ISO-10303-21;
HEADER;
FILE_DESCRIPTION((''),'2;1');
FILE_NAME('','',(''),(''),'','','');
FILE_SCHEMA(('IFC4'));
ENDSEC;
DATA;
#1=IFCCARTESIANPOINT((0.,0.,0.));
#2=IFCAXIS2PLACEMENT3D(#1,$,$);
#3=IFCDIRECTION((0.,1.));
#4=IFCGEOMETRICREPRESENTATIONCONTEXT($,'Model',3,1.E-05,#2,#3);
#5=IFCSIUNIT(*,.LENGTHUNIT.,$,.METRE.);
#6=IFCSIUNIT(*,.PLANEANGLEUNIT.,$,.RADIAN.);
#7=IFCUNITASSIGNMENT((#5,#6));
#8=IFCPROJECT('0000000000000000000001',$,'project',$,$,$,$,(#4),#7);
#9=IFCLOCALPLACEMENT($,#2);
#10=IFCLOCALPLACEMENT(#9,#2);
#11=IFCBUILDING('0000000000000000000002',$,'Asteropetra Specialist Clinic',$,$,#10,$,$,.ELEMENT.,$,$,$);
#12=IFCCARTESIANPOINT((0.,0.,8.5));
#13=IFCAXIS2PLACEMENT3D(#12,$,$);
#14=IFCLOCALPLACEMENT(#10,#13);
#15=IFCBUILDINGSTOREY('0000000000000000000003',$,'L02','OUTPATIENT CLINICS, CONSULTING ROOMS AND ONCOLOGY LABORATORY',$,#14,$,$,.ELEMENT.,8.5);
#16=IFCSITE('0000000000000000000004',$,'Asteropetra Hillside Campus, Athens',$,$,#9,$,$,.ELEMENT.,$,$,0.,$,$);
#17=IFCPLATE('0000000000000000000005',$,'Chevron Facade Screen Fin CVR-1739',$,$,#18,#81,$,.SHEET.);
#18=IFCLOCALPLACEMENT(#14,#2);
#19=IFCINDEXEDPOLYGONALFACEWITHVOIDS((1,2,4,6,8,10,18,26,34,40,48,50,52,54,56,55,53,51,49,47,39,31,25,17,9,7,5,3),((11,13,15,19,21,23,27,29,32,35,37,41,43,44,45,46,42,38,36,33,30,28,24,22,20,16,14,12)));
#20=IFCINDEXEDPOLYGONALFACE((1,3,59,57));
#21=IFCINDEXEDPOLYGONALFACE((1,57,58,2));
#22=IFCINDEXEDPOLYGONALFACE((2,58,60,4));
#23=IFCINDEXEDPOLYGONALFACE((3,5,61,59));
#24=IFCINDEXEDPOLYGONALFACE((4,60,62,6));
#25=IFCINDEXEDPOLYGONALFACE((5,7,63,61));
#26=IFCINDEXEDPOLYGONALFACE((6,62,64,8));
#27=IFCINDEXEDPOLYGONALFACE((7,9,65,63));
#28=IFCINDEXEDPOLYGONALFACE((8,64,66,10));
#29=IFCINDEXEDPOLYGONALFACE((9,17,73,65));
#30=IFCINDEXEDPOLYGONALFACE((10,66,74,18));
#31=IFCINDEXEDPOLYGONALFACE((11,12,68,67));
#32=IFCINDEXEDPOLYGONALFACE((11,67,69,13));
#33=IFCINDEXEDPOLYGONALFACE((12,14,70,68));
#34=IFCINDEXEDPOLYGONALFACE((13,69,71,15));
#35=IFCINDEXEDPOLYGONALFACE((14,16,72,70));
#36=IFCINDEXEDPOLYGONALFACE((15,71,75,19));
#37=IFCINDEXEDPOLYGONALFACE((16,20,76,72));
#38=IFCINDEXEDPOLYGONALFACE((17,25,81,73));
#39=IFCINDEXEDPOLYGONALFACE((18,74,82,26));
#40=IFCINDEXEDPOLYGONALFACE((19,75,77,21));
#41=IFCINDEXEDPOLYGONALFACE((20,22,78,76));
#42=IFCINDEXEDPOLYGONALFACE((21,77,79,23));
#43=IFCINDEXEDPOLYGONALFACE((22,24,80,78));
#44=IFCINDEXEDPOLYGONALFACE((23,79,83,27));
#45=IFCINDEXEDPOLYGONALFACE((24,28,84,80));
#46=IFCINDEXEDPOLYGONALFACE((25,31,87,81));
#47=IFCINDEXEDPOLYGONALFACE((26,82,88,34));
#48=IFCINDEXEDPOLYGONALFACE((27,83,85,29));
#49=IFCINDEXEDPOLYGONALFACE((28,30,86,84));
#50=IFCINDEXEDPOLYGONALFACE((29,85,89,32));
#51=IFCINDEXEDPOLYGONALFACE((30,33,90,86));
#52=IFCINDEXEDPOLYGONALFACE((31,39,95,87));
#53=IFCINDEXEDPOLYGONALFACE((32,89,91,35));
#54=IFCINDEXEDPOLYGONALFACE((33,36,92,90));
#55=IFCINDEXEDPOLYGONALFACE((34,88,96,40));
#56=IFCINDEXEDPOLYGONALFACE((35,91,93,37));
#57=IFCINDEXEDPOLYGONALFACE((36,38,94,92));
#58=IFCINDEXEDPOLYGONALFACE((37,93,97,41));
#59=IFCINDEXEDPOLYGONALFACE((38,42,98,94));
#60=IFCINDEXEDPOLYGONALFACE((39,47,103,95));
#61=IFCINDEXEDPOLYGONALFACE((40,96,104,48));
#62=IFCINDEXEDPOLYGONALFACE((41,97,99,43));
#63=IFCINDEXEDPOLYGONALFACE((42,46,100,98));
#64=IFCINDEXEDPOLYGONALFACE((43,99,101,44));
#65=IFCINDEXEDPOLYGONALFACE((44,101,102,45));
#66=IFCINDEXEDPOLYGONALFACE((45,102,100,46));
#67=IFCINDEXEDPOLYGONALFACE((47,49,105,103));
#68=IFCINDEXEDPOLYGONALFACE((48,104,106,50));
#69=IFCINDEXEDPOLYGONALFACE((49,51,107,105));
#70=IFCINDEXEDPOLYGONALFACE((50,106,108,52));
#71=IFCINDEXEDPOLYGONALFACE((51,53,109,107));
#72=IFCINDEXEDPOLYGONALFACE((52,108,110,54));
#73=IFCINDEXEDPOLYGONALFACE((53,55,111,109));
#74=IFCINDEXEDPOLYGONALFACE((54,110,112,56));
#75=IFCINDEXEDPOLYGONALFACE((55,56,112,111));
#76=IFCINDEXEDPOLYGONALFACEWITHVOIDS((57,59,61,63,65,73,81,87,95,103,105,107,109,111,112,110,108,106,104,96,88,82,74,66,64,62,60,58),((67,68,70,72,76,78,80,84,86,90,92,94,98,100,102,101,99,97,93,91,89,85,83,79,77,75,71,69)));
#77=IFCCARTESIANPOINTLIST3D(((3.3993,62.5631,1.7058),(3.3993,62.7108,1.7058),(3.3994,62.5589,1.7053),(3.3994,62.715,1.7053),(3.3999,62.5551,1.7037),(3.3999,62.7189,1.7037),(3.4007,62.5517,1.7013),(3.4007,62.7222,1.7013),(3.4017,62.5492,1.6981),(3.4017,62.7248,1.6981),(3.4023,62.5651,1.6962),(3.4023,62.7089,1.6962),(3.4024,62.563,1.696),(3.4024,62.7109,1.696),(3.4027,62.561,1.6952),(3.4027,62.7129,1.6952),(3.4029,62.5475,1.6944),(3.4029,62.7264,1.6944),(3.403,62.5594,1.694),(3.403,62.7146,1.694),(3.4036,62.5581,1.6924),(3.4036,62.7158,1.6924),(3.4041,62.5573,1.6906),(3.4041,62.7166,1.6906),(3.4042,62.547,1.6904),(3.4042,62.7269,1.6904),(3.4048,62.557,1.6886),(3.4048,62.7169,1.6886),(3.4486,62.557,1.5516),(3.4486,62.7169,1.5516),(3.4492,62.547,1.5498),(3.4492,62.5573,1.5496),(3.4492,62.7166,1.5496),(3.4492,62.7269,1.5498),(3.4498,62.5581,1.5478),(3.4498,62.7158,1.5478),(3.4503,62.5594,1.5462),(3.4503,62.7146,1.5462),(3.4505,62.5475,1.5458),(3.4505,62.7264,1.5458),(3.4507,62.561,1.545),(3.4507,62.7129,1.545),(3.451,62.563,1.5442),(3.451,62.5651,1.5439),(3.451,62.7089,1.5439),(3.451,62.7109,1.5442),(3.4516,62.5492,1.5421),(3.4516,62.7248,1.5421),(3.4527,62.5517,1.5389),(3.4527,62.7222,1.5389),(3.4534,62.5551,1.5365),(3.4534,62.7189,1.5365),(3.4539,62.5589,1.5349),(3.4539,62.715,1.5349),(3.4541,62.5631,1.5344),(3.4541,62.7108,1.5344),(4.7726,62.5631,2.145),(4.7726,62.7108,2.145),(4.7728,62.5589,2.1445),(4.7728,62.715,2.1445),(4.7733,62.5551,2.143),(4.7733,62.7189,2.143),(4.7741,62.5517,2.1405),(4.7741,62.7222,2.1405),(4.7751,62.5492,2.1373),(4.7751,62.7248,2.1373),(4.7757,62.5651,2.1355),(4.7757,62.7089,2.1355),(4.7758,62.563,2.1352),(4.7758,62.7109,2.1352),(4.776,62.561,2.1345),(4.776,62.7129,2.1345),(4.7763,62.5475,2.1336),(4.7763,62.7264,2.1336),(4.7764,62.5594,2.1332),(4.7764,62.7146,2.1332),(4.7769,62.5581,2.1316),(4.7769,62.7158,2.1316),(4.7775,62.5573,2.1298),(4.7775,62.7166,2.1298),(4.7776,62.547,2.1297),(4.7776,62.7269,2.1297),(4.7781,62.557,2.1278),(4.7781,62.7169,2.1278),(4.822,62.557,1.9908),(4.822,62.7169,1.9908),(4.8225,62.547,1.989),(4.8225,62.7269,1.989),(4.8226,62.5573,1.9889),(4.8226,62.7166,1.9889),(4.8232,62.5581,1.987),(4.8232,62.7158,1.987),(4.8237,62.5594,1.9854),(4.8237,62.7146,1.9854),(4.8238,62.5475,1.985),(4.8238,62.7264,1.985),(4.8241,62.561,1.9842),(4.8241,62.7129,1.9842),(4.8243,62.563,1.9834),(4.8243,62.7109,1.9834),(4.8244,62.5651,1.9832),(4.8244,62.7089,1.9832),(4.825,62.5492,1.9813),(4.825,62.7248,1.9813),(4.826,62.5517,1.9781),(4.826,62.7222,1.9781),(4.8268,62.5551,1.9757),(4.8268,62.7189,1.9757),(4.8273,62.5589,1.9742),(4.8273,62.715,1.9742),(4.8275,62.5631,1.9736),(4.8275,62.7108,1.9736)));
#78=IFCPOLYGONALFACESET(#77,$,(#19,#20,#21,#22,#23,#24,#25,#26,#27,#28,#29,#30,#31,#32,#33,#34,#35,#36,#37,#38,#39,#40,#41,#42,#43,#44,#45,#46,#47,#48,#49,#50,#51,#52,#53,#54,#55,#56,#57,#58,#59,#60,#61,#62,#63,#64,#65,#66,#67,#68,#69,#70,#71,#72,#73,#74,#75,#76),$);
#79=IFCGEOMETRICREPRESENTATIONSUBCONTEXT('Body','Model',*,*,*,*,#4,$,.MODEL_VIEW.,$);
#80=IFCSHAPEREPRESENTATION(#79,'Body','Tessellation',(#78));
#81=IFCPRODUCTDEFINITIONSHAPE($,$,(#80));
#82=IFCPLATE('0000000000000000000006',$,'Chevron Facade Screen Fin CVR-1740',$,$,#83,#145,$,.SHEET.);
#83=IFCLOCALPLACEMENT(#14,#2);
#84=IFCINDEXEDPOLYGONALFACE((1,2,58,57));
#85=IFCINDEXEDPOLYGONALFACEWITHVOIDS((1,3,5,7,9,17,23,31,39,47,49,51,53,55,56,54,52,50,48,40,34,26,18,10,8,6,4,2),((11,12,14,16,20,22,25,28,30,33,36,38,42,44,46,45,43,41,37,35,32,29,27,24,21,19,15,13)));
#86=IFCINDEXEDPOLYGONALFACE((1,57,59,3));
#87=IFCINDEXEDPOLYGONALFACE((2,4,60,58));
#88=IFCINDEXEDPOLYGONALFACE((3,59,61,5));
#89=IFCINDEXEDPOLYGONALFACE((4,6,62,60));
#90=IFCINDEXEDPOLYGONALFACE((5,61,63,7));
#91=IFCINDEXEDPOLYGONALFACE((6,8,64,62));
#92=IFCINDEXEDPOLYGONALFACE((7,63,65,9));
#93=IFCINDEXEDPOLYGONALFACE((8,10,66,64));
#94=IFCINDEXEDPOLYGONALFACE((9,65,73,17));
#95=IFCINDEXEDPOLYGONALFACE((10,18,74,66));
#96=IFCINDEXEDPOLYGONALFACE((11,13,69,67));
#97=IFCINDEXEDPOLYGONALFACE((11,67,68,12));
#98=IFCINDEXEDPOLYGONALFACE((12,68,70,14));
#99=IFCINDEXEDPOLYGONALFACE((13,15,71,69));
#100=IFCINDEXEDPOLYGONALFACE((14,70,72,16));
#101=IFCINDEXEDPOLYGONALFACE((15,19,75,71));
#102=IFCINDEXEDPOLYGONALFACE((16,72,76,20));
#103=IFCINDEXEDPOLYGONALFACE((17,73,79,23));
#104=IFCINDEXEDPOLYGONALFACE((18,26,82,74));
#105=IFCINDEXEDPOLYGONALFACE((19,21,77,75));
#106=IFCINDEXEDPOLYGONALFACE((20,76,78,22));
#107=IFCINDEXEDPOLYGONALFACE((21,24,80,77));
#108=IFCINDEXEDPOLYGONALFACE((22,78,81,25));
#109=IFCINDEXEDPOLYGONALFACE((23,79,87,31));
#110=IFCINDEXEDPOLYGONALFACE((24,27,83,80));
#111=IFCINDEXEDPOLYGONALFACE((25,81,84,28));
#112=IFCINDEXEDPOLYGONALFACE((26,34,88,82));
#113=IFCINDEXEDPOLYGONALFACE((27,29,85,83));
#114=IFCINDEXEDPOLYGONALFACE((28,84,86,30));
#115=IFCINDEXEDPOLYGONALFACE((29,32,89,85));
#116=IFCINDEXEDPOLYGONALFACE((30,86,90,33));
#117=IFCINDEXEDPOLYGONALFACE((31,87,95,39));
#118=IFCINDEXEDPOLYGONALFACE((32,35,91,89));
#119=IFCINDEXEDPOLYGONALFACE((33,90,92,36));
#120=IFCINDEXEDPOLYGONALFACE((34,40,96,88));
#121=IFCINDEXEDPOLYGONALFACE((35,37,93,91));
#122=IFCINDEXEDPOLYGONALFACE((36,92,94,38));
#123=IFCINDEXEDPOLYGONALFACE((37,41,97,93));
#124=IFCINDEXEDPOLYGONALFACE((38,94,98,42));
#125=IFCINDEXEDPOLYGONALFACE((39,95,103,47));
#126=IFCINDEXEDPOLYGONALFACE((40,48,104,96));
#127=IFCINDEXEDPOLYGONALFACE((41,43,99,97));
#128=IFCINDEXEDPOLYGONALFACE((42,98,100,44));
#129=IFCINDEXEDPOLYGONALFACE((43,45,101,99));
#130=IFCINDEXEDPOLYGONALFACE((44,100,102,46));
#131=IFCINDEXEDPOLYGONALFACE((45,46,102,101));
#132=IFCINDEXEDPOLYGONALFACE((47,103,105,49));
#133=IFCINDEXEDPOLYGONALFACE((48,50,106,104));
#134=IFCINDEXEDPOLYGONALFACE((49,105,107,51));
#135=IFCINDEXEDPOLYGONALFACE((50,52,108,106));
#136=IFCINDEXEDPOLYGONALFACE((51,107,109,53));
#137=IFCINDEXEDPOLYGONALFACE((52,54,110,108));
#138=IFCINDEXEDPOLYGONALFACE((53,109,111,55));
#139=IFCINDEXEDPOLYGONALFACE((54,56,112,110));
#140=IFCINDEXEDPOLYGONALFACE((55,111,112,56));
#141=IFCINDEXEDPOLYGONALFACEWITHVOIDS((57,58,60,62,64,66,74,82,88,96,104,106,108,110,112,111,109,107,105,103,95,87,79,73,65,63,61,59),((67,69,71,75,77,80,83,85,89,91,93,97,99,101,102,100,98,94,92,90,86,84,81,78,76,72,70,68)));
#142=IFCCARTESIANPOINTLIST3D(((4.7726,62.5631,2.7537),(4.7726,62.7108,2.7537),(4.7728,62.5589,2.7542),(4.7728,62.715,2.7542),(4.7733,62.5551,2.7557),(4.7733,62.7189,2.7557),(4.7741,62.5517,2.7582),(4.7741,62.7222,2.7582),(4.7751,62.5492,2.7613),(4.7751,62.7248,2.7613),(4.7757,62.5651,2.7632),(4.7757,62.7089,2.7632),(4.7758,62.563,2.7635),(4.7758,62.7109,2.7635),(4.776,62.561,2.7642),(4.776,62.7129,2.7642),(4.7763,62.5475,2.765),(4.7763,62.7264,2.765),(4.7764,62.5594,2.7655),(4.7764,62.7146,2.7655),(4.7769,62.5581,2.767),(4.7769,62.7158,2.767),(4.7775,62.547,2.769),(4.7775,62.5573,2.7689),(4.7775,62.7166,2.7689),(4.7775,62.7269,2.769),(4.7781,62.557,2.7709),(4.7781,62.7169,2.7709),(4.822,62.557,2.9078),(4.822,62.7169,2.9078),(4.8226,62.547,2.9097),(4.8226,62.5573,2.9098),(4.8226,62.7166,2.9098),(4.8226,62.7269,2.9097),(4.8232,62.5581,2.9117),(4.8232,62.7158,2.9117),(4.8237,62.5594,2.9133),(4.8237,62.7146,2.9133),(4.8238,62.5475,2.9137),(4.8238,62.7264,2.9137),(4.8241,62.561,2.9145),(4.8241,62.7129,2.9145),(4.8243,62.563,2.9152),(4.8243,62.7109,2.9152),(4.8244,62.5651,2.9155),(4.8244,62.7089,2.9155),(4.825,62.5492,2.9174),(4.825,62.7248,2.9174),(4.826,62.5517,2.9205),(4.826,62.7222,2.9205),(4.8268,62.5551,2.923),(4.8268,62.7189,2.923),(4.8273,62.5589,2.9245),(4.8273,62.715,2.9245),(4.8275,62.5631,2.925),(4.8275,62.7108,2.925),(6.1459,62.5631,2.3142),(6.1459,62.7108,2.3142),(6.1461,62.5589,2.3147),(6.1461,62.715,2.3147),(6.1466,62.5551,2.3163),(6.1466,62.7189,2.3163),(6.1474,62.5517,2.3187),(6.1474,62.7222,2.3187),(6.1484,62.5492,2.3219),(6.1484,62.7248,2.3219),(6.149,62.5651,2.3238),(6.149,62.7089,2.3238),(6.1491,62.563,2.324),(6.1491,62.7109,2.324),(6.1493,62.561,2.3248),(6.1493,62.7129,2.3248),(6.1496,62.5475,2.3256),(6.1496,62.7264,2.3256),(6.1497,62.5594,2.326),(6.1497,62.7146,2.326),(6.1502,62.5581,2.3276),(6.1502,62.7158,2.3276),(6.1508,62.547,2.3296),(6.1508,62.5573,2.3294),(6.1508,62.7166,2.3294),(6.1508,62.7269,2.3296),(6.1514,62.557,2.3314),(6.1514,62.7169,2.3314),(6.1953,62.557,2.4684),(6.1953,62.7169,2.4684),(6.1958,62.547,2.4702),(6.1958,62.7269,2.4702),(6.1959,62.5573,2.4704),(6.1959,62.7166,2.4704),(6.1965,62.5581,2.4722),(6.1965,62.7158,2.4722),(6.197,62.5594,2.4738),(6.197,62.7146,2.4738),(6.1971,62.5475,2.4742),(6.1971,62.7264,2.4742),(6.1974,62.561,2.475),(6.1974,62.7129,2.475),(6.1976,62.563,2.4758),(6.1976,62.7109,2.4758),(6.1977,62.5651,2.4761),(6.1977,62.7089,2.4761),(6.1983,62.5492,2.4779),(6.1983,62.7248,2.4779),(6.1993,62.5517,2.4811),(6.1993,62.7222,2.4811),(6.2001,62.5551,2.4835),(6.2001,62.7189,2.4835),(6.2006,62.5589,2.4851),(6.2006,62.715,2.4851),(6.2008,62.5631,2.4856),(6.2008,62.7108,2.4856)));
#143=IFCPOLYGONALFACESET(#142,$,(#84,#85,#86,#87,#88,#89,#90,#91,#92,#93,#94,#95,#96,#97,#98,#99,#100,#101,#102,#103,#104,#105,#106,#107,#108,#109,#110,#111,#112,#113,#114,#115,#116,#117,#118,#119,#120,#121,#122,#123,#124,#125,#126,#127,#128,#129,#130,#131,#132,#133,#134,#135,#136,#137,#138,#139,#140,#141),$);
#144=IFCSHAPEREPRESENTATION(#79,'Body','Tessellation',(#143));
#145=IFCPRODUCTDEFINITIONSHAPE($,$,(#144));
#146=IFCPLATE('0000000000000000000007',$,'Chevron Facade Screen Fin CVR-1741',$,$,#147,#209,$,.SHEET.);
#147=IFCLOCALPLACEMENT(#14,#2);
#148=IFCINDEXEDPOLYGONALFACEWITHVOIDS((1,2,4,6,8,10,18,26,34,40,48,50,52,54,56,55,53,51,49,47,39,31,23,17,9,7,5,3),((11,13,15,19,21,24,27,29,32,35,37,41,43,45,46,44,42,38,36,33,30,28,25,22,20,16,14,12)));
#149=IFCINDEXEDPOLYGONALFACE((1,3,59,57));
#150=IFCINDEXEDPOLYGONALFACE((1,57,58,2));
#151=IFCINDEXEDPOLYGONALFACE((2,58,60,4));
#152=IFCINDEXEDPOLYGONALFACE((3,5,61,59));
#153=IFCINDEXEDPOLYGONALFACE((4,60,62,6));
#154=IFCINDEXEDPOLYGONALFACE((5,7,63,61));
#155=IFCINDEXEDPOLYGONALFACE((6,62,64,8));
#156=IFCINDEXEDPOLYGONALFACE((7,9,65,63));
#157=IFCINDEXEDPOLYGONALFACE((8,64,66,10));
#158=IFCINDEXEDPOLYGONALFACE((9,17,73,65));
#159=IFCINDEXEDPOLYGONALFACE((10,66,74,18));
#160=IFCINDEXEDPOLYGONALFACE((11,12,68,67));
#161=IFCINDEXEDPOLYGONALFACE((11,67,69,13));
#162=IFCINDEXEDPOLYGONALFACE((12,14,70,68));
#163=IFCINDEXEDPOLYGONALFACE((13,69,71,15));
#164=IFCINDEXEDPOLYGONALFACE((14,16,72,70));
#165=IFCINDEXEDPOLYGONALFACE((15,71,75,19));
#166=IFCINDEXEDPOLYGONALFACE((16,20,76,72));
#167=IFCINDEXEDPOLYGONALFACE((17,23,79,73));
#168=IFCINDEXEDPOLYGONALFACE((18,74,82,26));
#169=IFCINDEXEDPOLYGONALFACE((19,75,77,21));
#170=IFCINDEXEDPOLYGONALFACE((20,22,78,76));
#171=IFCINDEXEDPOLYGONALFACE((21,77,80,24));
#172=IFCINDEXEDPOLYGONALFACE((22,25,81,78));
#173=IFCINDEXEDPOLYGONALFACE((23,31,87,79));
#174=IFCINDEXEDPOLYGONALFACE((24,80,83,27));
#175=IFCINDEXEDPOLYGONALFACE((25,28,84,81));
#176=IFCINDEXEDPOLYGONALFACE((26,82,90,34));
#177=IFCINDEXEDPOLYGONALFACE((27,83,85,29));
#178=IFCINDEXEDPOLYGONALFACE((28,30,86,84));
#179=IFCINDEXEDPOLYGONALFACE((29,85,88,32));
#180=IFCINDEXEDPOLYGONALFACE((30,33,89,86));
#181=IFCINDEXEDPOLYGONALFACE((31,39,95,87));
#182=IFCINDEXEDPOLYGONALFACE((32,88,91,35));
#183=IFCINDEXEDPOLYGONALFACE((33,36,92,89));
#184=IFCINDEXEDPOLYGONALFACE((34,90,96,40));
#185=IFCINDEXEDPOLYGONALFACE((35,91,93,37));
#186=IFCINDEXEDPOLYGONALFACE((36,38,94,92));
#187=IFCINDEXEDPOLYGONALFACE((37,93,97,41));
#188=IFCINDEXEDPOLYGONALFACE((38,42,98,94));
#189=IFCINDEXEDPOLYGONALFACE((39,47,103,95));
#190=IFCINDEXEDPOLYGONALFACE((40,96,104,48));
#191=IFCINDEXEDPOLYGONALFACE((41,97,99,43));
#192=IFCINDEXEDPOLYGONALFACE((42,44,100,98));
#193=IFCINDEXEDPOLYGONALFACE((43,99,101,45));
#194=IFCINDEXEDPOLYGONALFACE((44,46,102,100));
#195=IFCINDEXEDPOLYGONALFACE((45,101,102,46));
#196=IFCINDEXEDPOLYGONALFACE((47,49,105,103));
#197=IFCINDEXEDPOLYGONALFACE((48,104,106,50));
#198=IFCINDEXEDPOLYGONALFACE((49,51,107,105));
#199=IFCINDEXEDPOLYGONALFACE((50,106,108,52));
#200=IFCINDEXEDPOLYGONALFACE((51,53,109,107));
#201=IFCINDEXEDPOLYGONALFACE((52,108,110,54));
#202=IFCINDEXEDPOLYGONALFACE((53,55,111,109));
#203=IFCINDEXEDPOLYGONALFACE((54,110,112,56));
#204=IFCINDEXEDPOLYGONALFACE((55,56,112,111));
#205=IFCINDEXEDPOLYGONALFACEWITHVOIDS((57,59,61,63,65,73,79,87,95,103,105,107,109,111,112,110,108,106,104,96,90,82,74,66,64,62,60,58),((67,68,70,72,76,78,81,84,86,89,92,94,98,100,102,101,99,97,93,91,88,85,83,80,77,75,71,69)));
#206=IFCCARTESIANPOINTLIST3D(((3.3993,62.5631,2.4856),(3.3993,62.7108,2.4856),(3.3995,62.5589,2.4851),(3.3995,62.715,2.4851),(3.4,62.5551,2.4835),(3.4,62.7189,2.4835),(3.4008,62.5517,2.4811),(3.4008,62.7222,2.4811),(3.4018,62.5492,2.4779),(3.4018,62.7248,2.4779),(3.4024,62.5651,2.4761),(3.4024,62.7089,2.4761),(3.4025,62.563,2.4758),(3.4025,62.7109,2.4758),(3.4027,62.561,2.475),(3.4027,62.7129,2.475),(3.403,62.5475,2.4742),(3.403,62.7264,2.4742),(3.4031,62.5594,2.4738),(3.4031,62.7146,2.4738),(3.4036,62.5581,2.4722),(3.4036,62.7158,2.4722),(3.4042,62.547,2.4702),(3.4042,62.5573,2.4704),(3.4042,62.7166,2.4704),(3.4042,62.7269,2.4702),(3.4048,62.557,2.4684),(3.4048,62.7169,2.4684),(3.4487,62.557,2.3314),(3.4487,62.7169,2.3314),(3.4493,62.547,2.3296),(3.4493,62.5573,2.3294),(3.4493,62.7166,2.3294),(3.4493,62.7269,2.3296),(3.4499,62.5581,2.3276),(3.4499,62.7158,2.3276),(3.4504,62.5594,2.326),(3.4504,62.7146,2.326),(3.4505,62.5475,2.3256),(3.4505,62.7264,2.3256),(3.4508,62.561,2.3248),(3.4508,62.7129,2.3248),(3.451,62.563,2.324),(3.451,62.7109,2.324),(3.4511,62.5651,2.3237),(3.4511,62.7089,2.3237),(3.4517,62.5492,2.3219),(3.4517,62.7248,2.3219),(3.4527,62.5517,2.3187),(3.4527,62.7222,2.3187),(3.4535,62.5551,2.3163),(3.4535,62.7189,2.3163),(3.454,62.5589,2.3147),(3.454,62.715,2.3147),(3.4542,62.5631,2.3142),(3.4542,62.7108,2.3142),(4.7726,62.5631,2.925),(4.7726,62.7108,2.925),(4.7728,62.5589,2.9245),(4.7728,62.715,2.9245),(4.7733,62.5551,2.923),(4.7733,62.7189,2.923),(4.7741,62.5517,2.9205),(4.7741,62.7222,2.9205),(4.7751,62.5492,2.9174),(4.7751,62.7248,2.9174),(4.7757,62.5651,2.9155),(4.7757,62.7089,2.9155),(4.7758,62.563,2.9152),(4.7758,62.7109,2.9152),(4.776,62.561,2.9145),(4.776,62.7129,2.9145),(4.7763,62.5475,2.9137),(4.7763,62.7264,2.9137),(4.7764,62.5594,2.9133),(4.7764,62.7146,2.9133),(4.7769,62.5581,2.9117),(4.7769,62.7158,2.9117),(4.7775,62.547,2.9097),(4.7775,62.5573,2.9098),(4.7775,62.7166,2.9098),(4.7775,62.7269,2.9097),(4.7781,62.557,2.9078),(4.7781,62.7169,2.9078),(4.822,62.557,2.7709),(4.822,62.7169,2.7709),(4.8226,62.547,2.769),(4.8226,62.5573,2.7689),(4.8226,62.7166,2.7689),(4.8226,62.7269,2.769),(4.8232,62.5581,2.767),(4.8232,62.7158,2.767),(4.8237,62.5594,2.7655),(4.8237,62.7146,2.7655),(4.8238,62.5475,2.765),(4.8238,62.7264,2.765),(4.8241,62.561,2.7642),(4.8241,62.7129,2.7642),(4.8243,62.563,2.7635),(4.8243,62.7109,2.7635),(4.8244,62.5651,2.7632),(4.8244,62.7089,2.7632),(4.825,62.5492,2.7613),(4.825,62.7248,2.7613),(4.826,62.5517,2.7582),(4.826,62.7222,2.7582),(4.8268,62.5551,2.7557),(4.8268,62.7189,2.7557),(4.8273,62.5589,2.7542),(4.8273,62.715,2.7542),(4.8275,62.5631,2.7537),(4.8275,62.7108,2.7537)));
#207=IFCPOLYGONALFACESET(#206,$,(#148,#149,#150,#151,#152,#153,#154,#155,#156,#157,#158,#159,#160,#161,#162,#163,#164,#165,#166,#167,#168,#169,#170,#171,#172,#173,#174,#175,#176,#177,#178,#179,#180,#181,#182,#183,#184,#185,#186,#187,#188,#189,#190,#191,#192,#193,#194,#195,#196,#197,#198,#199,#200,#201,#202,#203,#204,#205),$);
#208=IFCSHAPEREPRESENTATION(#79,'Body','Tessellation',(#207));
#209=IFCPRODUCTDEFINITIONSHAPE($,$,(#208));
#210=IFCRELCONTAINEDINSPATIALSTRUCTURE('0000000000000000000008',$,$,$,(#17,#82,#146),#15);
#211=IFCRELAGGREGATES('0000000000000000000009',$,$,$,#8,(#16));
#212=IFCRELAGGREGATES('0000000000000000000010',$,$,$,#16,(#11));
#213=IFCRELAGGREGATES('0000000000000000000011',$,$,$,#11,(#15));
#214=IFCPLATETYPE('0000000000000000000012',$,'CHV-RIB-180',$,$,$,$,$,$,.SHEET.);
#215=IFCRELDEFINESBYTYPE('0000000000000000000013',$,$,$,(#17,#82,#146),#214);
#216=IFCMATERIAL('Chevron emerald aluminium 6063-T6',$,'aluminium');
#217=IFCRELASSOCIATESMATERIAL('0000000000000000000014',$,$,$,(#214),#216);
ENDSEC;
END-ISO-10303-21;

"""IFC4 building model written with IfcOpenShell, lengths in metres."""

from ifc_helpers import new_model, si_unit, direction, frame, origin, origin_2d, place, context, subcontext, project, spatial, hollow_rectangle, extrude, material, material_profile, profile_set, type_object, element, save


model = new_model("IFC4")

# Units and contexts
model_context = context("Model", 3, precision=1e-05, world=origin(), true_north=direction((0.0, 1.0)))
body_context = subcontext(model_context, "Body", "Model", "MODEL_VIEW")
ifc_project = project(units=[si_unit("LENGTHUNIT", "METRE"), si_unit("PLANEANGLEUNIT", "RADIAN")], contexts=[model_context])

# Site, building, storey
site_placement = place(None, origin())
site = spatial("IfcSite", under=ifc_project, at=site_placement, Name="Asteropetra Hillside Campus, Athens", CompositionType="ELEMENT", RefElevation=0.0)
building_placement = place(site_placement, origin())
building = spatial("IfcBuilding", under=site, at=building_placement, Name="Asteropetra Specialist Clinic", CompositionType="ELEMENT")
storey_placement = place(building_placement, frame((0.0, 0.0, 8.5)))
storey = spatial("IfcBuildingStorey", under=building, at=storey_placement, Name="L02", Description="OUTPATIENT CLINICS, CONSULTING ROOMS AND ONCOLOGY LABORATORY", CompositionType="ELEMENT", Elevation=8.5)

# Plates
ifc_material_1 = material(Name="Chevron emerald aluminium 6063-T6", Category="aluminium")
ifc_material_profile_1 = material_profile(ifc_material_1, hollow_rectangle(XDim=0.1799, YDim=0.1799, WallThickness=0.01, InnerFilletRadius=0.0081, OuterFilletRadius=0.0161, at=origin_2d()), Name="SHS 180x180x10.0")
ifc_profile_set_1 = profile_set([ifc_material_profile_1], Name="Chevron emerald aluminium 6063-T6")
plate_type_1 = type_object("IfcPlateType", Name="CHV-RIB-180", PredefinedType="SHEET", material=ifc_profile_set_1)
for number, where, z_axis, x_axis, name in (
    (1, (4.8, 62.637, 2.0593), (-0.952473, 0.0, -0.304622), (0.0, -1.0, 0.0), "Chevron Facade Screen Fin CVR-1739"),
    (2, (6.1733, 62.637, 2.3999), (-0.952424, 0.0, 0.304776), (0.0, -1.0, 0.0), "Chevron Facade Screen Fin CVR-1740"),
    (3, (4.8, 62.637, 2.8394), (-0.952424, 0.0, -0.304776), (0.0, -1.0, 0.0), "Chevron Facade Screen Fin CVR-1741"),
):
    element("IfcPlate", number, at=place(storey_placement, frame(where, z_axis=z_axis, x_axis=x_axis)), inside=storey, type_object=plate_type_1, Name=name, PredefinedType="SHEET", context=body_context, shape_type="SweptSolid", body=[
        extrude(hollow_rectangle(XDim=0.1799, YDim=0.1799, WallThickness=0.01, InnerFilletRadius=0.0081, OuterFilletRadius=0.0161, at=origin_2d()), origin(), (0.0, 0.0, 1.0), 1.4419),
    ])

save(model, "model.ifc")
